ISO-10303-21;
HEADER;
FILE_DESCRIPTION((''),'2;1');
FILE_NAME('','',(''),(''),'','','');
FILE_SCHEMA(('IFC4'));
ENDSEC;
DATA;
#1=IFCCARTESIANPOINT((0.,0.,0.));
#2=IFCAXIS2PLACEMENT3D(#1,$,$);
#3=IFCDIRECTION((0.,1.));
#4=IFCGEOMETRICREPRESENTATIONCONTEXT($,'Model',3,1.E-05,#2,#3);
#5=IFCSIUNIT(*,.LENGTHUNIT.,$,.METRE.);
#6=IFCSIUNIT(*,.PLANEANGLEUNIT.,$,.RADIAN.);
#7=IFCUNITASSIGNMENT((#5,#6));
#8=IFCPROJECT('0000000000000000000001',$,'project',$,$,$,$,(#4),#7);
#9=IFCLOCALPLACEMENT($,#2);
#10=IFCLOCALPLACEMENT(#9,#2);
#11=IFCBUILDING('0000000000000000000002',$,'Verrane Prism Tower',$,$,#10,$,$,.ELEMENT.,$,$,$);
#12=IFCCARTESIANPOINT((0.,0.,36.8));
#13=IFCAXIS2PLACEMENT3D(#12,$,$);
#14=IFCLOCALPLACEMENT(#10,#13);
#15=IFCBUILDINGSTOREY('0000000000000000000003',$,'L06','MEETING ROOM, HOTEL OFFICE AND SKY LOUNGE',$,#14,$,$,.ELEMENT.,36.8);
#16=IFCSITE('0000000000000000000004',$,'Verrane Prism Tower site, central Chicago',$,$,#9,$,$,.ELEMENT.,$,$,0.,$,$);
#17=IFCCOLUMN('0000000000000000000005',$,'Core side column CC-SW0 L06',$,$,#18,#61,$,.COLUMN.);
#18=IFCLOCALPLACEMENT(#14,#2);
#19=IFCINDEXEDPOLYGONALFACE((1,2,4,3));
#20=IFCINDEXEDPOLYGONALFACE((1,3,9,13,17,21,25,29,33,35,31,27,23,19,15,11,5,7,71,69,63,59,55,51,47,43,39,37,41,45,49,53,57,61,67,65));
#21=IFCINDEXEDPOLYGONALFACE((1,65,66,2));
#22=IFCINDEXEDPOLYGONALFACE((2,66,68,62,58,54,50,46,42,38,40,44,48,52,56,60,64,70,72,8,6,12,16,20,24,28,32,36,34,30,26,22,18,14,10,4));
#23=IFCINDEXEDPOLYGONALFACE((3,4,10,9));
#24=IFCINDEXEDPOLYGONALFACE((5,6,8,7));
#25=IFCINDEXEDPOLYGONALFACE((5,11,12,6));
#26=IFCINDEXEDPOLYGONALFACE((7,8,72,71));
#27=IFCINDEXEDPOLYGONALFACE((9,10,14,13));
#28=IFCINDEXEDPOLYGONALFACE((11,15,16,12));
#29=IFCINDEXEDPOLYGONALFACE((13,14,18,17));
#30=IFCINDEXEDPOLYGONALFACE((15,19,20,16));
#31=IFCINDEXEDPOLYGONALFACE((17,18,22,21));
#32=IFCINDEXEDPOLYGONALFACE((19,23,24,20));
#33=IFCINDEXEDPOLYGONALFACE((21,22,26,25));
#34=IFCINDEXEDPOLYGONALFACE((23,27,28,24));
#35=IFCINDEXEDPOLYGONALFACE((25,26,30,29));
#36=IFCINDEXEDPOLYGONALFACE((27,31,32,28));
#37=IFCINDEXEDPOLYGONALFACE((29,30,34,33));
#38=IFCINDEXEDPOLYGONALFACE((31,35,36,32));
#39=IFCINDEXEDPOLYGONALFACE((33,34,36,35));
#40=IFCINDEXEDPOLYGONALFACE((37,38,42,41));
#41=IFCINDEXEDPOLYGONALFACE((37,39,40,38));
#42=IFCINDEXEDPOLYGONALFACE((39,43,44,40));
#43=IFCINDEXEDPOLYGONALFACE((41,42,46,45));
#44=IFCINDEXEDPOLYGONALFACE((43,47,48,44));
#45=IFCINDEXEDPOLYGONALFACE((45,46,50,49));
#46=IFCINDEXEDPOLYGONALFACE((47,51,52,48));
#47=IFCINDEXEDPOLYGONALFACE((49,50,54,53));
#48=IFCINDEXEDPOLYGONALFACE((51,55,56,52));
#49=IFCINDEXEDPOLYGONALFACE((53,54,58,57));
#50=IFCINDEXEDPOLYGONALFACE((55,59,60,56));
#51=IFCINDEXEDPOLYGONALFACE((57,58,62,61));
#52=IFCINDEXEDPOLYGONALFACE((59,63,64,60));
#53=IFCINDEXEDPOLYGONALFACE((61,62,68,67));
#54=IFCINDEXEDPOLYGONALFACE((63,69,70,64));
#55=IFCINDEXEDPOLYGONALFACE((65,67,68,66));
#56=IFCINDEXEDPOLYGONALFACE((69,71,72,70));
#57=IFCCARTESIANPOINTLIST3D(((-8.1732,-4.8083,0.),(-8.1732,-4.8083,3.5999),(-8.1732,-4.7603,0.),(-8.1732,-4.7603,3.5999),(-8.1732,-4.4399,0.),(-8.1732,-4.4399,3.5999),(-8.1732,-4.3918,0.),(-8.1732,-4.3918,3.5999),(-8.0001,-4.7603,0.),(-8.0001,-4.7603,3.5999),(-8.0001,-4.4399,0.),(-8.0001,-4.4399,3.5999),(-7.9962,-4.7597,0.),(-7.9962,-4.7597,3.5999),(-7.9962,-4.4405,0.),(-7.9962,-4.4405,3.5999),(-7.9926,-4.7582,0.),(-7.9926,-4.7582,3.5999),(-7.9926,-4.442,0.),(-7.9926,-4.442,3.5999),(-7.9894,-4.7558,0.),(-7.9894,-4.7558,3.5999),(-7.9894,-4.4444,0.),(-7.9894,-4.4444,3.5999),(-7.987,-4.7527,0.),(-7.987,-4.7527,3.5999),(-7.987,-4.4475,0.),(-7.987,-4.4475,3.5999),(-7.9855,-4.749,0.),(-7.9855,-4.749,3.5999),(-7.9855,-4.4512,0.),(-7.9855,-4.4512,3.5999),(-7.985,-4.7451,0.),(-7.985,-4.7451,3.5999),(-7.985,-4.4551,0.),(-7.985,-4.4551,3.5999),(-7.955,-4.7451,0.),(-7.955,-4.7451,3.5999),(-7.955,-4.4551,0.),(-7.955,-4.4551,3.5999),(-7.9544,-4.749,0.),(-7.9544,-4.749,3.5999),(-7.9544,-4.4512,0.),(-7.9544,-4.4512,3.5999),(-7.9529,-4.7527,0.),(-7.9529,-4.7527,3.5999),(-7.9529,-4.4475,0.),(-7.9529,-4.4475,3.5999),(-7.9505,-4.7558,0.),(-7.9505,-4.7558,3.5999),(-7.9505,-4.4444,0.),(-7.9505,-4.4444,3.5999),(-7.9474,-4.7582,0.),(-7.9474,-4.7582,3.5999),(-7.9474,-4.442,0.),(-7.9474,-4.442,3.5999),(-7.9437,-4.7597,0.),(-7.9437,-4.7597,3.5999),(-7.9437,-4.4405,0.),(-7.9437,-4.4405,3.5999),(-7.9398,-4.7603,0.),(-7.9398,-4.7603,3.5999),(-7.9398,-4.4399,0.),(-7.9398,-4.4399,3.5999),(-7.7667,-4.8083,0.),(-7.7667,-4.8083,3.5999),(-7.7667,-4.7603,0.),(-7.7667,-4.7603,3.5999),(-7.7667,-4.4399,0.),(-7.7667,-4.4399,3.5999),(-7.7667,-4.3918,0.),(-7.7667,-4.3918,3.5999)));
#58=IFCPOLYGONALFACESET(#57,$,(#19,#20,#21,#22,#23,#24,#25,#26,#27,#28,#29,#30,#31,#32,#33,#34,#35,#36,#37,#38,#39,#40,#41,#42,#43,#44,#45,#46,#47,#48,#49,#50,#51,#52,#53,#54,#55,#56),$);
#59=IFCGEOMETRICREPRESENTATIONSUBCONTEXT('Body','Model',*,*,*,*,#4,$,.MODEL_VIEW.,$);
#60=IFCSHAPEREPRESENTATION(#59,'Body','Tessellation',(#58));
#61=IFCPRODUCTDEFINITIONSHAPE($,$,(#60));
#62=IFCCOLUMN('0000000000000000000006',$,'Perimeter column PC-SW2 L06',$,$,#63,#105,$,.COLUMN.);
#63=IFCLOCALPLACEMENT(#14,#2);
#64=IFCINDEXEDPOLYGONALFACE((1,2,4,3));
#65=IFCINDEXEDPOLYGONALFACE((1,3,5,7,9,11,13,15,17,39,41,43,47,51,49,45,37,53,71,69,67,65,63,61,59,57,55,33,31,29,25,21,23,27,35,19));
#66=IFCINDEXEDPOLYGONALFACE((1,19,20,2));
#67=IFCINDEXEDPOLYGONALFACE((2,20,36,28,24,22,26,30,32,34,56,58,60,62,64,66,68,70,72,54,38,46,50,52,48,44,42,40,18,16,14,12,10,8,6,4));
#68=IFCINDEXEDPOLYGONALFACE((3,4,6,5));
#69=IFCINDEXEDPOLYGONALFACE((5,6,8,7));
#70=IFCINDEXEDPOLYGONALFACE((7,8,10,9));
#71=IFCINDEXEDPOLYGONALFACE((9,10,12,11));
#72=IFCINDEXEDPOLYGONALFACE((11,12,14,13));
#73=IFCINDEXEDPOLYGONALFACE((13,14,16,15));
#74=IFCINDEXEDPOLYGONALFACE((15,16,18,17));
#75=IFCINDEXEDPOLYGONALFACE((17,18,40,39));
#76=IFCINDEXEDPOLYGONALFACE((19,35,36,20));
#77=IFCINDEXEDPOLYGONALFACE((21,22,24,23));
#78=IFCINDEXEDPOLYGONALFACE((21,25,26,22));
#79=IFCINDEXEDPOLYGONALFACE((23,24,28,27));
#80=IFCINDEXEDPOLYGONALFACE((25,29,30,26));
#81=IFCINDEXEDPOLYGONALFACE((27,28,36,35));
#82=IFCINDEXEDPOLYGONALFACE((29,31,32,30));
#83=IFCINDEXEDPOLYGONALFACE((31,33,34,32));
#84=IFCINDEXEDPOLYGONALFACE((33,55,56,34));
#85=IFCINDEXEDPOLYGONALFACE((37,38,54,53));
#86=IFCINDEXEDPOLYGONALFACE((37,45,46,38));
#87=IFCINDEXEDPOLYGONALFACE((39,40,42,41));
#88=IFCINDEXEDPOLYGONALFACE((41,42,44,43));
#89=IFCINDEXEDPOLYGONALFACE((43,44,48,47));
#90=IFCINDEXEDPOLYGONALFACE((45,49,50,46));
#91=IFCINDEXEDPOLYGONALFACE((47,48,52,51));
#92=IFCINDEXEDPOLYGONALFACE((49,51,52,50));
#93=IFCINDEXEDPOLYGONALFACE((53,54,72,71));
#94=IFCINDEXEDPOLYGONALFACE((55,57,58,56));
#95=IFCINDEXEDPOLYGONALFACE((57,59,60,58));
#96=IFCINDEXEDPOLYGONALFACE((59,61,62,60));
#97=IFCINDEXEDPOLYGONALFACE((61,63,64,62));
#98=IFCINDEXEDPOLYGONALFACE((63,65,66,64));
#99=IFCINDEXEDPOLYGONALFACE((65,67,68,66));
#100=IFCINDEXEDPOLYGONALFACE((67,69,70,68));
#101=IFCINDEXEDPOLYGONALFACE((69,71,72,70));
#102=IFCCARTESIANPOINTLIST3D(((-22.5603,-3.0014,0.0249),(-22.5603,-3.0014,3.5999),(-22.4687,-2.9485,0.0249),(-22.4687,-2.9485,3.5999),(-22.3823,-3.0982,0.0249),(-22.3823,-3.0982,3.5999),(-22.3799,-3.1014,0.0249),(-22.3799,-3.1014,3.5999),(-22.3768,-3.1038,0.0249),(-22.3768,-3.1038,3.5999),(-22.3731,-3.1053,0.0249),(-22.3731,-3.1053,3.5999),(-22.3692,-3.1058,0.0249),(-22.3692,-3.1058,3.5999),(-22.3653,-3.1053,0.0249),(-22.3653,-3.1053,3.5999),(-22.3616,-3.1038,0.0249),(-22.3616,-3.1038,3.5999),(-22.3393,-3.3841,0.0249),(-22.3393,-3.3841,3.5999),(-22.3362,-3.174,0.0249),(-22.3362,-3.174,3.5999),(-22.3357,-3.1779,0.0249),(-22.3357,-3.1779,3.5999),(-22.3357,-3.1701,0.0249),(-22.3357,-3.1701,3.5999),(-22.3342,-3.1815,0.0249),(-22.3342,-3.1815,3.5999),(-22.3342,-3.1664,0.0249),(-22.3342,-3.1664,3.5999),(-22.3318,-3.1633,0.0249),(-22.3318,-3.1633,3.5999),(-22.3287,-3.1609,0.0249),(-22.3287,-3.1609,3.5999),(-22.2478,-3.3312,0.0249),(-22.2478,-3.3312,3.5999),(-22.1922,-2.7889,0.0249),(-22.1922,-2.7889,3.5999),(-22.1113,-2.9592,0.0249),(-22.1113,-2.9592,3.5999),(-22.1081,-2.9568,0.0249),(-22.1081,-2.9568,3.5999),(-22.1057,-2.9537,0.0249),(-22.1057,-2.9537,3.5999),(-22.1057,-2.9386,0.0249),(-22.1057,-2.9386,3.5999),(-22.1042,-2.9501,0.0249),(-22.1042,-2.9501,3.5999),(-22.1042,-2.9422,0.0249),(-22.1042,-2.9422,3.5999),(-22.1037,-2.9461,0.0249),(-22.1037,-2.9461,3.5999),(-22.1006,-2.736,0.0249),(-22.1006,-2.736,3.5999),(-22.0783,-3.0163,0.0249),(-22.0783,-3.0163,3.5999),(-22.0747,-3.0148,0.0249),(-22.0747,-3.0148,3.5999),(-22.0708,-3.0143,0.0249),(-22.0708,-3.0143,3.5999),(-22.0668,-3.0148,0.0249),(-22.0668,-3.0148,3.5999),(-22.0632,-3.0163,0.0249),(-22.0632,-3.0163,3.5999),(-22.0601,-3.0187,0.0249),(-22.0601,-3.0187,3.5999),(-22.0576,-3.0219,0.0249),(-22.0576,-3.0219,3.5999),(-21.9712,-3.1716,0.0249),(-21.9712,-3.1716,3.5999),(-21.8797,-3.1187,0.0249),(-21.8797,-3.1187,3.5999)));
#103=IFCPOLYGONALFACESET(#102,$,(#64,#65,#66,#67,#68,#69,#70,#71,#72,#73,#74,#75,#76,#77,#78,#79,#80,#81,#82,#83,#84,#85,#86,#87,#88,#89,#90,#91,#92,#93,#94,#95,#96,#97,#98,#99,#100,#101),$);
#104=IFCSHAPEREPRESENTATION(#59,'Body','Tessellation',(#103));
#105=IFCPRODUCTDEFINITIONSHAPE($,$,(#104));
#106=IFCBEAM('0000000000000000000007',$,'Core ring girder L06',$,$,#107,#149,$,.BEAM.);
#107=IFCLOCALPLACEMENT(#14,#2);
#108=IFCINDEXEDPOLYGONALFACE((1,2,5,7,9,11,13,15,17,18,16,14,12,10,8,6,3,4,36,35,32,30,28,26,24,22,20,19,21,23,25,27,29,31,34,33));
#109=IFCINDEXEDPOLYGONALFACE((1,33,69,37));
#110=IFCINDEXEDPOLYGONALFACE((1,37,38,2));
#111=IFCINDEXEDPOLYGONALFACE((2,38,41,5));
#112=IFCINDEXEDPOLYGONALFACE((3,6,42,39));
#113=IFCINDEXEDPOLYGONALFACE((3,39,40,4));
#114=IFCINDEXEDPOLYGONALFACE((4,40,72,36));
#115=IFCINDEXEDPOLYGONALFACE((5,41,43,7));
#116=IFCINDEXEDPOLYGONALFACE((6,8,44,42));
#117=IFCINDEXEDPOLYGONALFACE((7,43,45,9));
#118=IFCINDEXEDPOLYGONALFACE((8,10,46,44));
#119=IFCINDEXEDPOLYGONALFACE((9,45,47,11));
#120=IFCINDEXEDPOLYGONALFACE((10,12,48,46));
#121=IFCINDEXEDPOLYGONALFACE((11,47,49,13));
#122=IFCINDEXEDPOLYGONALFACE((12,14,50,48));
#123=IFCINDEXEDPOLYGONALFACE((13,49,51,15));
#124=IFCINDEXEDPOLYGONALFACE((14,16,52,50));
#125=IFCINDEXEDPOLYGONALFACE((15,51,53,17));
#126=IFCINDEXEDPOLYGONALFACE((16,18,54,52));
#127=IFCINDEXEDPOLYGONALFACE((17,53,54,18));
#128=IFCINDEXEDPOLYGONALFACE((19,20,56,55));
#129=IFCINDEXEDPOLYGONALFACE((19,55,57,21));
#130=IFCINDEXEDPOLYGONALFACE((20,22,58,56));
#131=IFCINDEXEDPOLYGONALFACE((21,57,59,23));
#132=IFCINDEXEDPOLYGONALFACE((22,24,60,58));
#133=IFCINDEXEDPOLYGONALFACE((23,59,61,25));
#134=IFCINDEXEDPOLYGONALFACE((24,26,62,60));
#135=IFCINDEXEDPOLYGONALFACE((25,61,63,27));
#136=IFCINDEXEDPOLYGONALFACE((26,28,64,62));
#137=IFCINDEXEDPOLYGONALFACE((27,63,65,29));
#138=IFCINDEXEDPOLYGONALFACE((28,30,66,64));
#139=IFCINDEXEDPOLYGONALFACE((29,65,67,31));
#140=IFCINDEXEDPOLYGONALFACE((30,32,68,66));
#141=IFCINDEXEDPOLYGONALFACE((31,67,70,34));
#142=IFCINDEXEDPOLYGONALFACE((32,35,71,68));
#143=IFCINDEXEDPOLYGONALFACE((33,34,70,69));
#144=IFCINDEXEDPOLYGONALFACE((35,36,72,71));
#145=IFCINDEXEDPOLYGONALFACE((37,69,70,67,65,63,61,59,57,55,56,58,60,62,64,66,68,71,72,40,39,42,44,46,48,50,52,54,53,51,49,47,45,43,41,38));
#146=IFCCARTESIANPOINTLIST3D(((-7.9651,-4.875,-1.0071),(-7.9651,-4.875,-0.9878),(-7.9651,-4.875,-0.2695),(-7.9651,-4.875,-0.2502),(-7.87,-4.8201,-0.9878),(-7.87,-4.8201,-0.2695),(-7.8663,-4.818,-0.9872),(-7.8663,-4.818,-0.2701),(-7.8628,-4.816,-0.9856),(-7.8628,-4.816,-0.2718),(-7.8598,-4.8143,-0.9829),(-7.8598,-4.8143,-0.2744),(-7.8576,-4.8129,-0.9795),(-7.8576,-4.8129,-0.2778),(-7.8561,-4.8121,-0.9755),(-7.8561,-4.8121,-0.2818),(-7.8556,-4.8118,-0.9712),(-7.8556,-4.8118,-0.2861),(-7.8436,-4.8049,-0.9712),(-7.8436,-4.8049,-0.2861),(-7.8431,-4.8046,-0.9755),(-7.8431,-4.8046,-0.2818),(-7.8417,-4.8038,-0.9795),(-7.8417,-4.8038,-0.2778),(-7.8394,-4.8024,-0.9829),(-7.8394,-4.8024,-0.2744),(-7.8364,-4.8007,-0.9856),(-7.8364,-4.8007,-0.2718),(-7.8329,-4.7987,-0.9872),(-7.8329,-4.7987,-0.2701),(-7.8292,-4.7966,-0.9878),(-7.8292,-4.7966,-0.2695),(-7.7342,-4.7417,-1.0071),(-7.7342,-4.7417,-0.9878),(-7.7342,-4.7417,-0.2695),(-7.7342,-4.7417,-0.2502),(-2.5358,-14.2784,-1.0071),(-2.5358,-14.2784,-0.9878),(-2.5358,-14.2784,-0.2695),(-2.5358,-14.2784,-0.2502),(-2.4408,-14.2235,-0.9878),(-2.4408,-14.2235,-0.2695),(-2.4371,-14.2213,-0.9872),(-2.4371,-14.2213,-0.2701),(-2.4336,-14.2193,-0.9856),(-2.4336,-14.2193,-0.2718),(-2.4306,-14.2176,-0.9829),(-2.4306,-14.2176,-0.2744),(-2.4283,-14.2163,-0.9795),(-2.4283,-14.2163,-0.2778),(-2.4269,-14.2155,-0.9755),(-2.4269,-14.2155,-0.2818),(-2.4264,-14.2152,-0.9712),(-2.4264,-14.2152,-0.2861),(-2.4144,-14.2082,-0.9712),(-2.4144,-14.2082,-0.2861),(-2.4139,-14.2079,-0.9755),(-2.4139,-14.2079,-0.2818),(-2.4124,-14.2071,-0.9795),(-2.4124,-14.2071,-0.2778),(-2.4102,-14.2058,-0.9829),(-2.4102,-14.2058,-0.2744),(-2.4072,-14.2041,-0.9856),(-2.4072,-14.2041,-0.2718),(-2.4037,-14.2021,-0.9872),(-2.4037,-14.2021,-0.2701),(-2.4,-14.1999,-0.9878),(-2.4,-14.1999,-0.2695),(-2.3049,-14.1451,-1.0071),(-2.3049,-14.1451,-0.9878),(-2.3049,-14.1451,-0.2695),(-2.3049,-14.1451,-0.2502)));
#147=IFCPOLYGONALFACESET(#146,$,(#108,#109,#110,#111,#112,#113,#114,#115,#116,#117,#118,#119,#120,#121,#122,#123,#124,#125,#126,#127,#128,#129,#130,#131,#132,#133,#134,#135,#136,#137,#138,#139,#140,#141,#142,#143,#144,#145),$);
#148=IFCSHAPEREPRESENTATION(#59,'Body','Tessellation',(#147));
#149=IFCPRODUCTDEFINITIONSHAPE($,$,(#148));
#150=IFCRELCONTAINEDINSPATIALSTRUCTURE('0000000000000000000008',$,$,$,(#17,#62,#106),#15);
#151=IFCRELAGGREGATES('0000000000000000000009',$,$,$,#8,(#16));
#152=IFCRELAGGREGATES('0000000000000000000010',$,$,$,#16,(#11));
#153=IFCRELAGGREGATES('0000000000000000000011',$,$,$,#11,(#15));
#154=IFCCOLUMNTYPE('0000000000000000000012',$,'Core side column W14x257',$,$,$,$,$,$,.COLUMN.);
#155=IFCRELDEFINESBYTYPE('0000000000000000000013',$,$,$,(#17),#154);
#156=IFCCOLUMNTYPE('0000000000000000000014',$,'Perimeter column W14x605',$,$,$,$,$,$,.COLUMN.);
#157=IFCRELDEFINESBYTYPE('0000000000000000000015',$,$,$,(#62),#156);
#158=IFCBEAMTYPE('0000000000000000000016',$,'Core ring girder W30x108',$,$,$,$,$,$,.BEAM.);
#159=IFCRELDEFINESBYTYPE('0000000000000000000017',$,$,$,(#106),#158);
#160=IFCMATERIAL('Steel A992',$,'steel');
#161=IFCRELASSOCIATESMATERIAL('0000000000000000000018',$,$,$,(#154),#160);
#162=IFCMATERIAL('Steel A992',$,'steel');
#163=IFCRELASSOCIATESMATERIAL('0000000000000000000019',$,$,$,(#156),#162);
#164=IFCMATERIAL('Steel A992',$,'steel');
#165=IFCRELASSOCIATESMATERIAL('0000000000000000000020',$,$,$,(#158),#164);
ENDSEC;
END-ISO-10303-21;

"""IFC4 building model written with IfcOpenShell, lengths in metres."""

from ifc_helpers import new_model, si_unit, direction, frame, origin, origin_2d, place, context, subcontext, project, spatial, i_section, extrude, material, material_profile, profile_set, type_object, element, save


model = new_model("IFC4")

# Units and contexts
model_context = context("Model", 3, precision=1e-05, world=origin(), true_north=direction((0.0, 1.0)))
body_context = subcontext(model_context, "Body", "Model", "MODEL_VIEW")
ifc_project = project(units=[si_unit("LENGTHUNIT", "METRE"), si_unit("PLANEANGLEUNIT", "RADIAN")], contexts=[model_context])

# Site, building, storey
site_placement = place(None, origin())
site = spatial("IfcSite", under=ifc_project, at=site_placement, Name="Verrane Prism Tower site, central Chicago", CompositionType="ELEMENT", RefElevation=0.0)
building_placement = place(site_placement, origin())
building = spatial("IfcBuilding", under=site, at=building_placement, Name="Verrane Prism Tower", CompositionType="ELEMENT")
storey_placement = place(building_placement, frame((0.0, 0.0, 36.8)))
storey = spatial("IfcBuildingStorey", under=building, at=storey_placement, Name="L06", Description="MEETING ROOM, HOTEL OFFICE AND SKY LOUNGE", CompositionType="ELEMENT", Elevation=36.8)

# Columns
ifc_material_1 = material(Name="Steel A992", Category="steel")
ifc_material_profile_1 = material_profile(ifc_material_1, i_section(OverallWidth=0.4065, OverallDepth=0.4165, WebThickness=0.03, FlangeThickness=0.0481, FilletRadius=0.0151, at=origin_2d()), Name="W14x257")
ifc_profile_set_1 = profile_set([ifc_material_profile_1], Name="Steel A992")
column_type_1 = type_object("IfcColumnType", Name="Core side column W14x257", PredefinedType="COLUMN", material=ifc_profile_set_1)
column_1_placement = place(storey_placement, frame((-7.97, -4.6001, 0.0), z_axis=(0.0, 0.0, 1.0), x_axis=(1.0, 0.0, 0.0)))
element("IfcColumn", 1, at=column_1_placement, inside=storey, type_object=column_type_1, Name="Core side column CC-SW0 L06", PredefinedType="COLUMN", context=body_context, shape_type="SweptSolid", body=[
    extrude(i_section(OverallWidth=0.4065, OverallDepth=0.4165, WebThickness=0.03, FlangeThickness=0.0481, FilletRadius=0.0151, at=origin_2d()), origin(), (0.0, 0.0, 1.0), 3.5999),
])
ifc_material_2 = material(Name="Steel A992", Category="steel")
ifc_material_profile_2 = material_profile(ifc_material_2, i_section(OverallWidth=0.4419, OverallDepth=0.5308, WebThickness=0.0659, FlangeThickness=0.1057, FilletRadius=0.0151, at=origin_2d()), Name="W14x605")
ifc_profile_set_2 = profile_set([ifc_material_profile_2], Name="Steel A992")
column_type_2 = type_object("IfcColumnType", Name="Perimeter column W14x605", PredefinedType="COLUMN", material=ifc_profile_set_2)
column_2_placement = place(storey_placement, frame((-22.22, -3.0601, 0.0249), z_axis=(0.0, 0.0, 1.0), x_axis=(-0.5, 0.866025, 0.0)))
element("IfcColumn", 2, at=column_2_placement, inside=storey, type_object=column_type_2, Name="Perimeter column PC-SW2 L06", PredefinedType="COLUMN", context=body_context, shape_type="SweptSolid", body=[
    extrude(i_section(OverallWidth=0.4419, OverallDepth=0.5308, WebThickness=0.0659, FlangeThickness=0.1057, FilletRadius=0.0151, at=origin_2d()), origin(), (0.0, 0.0, 1.0), 3.575),
])

# Beam
ifc_material_3 = material(Name="Steel A992", Category="steel")
ifc_material_profile_3 = material_profile(ifc_material_3, i_section(OverallWidth=0.2666, OverallDepth=0.7568, WebThickness=0.0139, FlangeThickness=0.0193, FilletRadius=0.0166, at=origin_2d()), Name="W30x108")
ifc_profile_set_3 = profile_set([ifc_material_profile_3], Name="Steel A992")
beam_type_1 = type_object("IfcBeamType", Name="Core ring girder W30x108", PredefinedType="BEAM", material=ifc_profile_set_3)
beam_1_placement = place(storey_placement, frame((-7.8496, -4.8083, -0.6287), z_axis=(0.500013, -0.866018, 0.0), x_axis=(0.866018, 0.500013, 0.0)))
element("IfcBeam", 3, at=beam_1_placement, inside=storey, type_object=beam_type_1, Name="Core ring girder L06", PredefinedType="BEAM", context=body_context, shape_type="SweptSolid", body=[
    extrude(i_section(OverallWidth=0.2666, OverallDepth=0.7568, WebThickness=0.0139, FlangeThickness=0.0193, FilletRadius=0.0166, at=origin_2d()), origin(), (0.0, 0.0, 1.0), 10.8582),
])

save(model, "model.ifc")
